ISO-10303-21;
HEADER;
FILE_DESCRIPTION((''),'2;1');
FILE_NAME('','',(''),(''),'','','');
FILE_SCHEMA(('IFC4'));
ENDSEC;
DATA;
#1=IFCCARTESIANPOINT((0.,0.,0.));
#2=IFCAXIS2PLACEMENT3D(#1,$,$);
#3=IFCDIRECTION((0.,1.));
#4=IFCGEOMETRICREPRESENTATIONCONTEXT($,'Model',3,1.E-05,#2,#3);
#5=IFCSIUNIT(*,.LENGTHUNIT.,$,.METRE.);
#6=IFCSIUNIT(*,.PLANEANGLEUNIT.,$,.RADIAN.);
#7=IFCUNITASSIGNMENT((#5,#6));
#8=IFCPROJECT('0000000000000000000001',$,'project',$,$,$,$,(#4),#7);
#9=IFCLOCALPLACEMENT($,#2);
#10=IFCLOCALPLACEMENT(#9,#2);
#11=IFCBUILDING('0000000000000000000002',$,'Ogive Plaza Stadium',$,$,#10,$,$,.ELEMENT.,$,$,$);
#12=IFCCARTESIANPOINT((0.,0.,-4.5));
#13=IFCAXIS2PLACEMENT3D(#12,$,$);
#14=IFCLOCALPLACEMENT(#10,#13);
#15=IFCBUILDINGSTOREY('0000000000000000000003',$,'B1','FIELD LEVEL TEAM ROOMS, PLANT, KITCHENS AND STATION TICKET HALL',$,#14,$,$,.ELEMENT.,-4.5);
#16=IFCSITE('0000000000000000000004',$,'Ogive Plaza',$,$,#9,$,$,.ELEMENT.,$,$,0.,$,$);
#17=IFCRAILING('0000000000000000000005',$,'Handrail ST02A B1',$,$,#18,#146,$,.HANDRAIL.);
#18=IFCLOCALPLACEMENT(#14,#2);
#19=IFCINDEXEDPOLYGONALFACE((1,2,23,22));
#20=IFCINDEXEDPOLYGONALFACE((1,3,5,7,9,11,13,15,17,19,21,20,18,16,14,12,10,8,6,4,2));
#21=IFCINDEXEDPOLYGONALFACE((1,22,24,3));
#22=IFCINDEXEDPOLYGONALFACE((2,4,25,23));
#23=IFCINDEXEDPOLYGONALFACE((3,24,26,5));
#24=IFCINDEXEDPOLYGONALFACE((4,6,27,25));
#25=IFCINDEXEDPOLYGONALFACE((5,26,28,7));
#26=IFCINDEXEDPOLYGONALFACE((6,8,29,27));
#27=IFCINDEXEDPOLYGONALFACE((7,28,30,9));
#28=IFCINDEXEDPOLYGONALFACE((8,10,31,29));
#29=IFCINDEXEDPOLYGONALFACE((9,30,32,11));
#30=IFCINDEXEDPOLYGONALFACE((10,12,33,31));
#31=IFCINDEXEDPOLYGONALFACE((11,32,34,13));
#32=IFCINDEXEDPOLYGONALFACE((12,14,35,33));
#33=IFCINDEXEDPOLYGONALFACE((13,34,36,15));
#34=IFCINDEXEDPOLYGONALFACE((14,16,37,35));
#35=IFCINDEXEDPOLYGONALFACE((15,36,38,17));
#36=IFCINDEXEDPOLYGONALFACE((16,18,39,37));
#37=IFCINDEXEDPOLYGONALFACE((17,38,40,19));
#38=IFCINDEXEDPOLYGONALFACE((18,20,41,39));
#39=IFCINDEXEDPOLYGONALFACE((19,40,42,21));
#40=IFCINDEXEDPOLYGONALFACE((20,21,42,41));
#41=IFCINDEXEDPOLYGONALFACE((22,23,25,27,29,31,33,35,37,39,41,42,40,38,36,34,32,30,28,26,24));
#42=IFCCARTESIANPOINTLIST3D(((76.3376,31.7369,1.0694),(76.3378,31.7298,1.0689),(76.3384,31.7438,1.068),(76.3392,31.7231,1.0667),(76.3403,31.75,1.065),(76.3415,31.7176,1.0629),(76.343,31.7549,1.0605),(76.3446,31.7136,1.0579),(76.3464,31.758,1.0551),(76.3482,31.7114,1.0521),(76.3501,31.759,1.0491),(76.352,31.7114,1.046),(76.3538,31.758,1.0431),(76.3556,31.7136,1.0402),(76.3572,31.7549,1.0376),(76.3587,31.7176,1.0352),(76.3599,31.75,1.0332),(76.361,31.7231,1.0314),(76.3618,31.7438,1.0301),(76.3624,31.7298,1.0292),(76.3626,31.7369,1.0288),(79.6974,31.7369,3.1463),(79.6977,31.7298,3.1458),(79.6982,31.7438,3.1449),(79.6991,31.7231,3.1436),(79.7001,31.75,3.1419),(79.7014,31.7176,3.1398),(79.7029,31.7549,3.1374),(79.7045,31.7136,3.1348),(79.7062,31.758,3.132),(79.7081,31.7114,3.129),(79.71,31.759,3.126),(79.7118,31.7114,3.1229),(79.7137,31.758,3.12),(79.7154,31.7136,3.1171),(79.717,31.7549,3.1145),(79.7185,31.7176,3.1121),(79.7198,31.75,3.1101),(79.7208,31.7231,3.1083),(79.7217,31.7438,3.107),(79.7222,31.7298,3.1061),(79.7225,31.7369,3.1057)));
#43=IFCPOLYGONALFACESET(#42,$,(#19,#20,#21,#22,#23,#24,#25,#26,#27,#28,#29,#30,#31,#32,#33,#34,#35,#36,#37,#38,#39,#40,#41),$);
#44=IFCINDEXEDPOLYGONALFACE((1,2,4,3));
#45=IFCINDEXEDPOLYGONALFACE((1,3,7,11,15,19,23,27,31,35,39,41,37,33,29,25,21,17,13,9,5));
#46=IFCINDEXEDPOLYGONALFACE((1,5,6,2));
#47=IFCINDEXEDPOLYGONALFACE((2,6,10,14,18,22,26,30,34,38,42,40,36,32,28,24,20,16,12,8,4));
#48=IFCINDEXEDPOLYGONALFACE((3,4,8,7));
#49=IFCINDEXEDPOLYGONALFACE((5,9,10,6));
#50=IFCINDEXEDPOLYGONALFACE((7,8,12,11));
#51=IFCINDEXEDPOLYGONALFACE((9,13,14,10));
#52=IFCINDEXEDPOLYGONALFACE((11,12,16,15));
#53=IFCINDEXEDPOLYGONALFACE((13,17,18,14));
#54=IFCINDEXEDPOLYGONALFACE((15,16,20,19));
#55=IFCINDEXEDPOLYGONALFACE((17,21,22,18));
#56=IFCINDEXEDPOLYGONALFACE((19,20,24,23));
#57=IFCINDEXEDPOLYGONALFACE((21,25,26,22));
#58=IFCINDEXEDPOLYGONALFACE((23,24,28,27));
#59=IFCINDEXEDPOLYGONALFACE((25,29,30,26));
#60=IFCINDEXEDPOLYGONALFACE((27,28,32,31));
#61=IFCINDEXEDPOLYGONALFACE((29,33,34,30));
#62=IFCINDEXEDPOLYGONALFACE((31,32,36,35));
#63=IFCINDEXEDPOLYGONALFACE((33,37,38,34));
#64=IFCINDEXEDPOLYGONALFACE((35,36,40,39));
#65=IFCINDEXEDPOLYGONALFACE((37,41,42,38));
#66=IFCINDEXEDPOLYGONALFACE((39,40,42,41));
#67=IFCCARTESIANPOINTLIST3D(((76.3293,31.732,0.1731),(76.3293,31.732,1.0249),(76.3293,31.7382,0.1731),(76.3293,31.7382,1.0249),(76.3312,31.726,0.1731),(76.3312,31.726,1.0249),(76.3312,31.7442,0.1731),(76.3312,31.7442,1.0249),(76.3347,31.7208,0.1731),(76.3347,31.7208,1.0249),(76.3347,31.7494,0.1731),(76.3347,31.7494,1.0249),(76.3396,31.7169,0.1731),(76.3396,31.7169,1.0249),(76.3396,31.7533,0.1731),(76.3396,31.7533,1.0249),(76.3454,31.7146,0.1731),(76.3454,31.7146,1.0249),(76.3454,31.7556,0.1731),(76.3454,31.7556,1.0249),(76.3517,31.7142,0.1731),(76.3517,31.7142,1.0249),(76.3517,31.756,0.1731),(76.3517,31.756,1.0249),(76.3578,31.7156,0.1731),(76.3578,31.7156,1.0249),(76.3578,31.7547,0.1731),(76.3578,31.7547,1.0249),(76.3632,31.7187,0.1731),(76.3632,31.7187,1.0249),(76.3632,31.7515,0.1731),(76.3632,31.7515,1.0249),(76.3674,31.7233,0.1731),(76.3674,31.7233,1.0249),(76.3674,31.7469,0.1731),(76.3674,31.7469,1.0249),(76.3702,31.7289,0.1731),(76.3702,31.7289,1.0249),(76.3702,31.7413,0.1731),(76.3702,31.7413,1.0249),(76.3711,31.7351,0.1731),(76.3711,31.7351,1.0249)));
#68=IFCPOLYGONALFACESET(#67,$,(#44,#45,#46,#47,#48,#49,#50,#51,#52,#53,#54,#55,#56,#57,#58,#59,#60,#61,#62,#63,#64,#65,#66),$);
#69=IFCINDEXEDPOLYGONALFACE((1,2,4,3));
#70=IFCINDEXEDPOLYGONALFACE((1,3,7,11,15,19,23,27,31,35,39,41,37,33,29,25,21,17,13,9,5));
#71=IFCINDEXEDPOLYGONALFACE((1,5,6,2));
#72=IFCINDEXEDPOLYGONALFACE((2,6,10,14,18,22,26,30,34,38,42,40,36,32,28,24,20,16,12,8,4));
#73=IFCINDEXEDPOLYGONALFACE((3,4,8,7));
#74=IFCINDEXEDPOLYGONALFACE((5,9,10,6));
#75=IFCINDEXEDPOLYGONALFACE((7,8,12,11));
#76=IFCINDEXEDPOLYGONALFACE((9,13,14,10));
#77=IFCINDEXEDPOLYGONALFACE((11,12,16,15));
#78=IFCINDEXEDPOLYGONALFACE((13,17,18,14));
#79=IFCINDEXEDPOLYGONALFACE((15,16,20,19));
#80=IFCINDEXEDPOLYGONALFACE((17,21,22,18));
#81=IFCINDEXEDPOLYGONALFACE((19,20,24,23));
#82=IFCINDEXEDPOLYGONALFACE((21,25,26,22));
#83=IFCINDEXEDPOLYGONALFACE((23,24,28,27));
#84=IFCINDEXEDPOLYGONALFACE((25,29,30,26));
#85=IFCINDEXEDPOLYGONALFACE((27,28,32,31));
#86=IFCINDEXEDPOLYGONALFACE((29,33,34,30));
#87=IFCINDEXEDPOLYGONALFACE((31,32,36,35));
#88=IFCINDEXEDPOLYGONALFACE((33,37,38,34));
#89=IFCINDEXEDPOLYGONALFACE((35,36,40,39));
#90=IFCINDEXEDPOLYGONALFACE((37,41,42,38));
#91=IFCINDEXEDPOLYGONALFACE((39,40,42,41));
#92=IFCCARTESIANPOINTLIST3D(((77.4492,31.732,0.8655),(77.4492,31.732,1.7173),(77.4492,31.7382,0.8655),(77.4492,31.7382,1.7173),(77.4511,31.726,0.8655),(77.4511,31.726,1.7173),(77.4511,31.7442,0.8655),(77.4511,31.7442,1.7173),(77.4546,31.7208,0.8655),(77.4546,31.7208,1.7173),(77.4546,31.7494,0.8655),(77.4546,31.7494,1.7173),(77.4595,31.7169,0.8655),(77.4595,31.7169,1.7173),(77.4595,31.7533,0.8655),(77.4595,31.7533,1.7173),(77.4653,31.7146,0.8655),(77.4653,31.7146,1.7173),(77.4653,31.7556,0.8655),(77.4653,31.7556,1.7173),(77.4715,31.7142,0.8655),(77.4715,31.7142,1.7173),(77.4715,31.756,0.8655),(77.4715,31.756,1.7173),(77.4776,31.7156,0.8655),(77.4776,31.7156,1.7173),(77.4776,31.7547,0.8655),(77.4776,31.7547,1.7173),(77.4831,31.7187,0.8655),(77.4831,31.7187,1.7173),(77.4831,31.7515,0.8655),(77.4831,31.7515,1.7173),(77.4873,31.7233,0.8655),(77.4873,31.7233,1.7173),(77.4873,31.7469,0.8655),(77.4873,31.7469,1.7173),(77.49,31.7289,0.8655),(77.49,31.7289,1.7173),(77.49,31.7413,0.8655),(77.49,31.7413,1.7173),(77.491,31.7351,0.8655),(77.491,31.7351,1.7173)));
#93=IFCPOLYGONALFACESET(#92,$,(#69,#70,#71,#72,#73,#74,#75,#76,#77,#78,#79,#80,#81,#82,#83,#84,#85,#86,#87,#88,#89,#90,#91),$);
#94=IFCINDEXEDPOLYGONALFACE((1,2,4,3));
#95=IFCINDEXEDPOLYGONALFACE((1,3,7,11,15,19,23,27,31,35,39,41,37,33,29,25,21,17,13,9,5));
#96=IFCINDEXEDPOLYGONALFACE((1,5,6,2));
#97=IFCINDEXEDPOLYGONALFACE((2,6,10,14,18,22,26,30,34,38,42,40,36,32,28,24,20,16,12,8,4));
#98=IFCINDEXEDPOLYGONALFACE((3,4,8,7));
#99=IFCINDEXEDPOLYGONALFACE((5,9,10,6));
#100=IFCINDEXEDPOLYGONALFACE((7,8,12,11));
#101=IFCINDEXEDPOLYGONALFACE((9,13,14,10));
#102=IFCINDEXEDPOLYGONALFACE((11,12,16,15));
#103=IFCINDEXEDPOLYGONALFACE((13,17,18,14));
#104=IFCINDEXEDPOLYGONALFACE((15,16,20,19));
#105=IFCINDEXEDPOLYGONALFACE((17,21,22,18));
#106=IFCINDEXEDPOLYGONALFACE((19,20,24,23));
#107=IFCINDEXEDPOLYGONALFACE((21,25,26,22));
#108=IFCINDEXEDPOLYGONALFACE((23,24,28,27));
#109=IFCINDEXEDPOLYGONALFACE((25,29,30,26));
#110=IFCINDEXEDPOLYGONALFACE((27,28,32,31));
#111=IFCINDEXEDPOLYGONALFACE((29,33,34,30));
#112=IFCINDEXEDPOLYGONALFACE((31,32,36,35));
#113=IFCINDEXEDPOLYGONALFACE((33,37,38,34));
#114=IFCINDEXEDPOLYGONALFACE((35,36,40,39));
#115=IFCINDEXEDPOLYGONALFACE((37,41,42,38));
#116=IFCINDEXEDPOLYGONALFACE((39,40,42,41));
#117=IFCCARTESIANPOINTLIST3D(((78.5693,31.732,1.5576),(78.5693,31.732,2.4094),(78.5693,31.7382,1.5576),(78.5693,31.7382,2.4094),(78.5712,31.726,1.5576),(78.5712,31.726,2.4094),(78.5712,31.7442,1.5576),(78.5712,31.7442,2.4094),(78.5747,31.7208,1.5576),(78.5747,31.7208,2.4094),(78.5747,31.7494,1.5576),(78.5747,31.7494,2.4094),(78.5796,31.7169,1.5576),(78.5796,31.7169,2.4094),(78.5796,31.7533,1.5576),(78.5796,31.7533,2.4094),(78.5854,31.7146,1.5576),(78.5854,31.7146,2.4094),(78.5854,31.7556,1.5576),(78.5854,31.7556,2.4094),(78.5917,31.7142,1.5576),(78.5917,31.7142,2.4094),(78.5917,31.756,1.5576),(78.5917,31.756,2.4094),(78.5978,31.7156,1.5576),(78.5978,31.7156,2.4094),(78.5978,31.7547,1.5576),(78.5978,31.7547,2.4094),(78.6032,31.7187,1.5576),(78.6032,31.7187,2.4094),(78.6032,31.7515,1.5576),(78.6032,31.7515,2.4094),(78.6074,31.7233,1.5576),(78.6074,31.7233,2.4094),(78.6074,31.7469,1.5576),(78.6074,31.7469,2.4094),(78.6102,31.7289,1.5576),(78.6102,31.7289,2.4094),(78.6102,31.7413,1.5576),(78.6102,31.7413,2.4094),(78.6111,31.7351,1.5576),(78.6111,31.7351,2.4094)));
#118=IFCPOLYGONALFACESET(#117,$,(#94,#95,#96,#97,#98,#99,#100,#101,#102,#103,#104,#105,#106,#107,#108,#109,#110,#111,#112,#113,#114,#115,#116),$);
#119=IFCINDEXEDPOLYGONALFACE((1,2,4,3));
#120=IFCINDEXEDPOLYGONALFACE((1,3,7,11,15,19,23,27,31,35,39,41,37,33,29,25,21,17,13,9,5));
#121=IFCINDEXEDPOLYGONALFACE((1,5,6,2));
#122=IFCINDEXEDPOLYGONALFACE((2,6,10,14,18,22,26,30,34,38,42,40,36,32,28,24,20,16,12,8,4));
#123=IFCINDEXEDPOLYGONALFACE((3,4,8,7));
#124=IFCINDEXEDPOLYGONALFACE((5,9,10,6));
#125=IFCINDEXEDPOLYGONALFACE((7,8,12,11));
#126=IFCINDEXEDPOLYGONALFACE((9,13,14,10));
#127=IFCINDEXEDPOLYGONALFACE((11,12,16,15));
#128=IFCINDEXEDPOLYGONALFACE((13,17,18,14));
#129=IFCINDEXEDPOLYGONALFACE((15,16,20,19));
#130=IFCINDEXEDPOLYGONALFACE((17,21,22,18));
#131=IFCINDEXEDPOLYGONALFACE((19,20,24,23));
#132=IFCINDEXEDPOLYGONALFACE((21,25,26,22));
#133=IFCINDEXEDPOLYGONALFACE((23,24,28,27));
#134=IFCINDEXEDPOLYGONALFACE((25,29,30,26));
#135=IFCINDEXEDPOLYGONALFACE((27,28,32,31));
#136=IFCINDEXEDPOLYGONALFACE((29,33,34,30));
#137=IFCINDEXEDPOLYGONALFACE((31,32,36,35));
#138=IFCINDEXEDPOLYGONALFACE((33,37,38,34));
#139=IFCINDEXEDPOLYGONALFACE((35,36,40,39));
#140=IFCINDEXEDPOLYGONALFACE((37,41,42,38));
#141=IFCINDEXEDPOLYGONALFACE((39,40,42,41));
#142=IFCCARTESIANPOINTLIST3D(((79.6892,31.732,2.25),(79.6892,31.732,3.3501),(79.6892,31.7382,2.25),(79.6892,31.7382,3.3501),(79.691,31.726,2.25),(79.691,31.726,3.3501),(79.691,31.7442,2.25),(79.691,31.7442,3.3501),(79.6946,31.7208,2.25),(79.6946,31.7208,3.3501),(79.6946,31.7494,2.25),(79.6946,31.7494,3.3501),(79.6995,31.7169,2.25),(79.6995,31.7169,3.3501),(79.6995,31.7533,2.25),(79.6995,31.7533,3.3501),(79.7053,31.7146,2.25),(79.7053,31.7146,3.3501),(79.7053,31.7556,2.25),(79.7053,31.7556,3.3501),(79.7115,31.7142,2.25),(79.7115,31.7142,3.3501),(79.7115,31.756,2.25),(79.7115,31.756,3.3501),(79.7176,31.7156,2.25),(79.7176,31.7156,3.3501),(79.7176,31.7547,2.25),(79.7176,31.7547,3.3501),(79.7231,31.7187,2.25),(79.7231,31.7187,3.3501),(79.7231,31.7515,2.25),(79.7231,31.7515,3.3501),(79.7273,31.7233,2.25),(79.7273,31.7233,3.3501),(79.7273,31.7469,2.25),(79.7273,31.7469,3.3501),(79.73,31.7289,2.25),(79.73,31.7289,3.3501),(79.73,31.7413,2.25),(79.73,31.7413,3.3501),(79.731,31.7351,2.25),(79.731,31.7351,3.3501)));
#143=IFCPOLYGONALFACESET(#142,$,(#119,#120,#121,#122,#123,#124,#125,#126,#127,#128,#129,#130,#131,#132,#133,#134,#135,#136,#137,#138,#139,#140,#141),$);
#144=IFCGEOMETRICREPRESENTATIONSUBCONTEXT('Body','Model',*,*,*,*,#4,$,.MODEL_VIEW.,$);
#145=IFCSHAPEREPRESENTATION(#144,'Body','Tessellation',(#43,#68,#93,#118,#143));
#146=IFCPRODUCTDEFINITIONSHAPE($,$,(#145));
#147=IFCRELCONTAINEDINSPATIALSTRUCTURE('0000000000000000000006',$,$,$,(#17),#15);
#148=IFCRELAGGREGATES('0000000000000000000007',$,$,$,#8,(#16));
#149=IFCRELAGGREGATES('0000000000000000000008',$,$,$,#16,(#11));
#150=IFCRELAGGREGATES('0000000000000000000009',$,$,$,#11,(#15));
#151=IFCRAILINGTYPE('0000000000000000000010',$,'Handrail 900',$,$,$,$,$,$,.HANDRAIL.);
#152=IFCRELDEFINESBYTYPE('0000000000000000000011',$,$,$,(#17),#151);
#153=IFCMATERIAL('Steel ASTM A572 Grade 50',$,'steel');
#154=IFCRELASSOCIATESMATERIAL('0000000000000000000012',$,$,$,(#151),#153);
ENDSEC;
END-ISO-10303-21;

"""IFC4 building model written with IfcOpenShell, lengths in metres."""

from ifc_helpers import new_model, si_unit, direction, frame, origin, origin_2d, place, context, subcontext, project, spatial, circle, extrude, material, type_object, element, save


model = new_model("IFC4")

# Units and contexts
model_context = context("Model", 3, precision=1e-05, world=origin(), true_north=direction((0.0, 1.0)))
body_context = subcontext(model_context, "Body", "Model", "MODEL_VIEW")
ifc_project = project(units=[si_unit("LENGTHUNIT", "METRE"), si_unit("PLANEANGLEUNIT", "RADIAN")], contexts=[model_context])

# Site, building, storey
site_placement = place(None, origin())
site = spatial("IfcSite", under=ifc_project, at=site_placement, Name="Ogive Plaza", CompositionType="ELEMENT", RefElevation=0.0)
building_placement = place(site_placement, origin())
building = spatial("IfcBuilding", under=site, at=building_placement, Name="Ogive Plaza Stadium", CompositionType="ELEMENT")
storey_placement = place(building_placement, frame((0.0, 0.0, -4.5)))
storey = spatial("IfcBuildingStorey", under=building, at=storey_placement, Name="B1", Description="FIELD LEVEL TEAM ROOMS, PLANT, KITCHENS AND STATION TICKET HALL", CompositionType="ELEMENT", Elevation=-4.5)

# Railing
ifc_material_1 = material(Name="Steel ASTM A572 Grade 50", Category="steel")
railing_type_1 = type_object("IfcRailingType", Name="Handrail 900", PredefinedType="HANDRAIL", material=ifc_material_1)
for number, where, name in (
    (1, (76.3501, 31.7351, 0.1731), "Handrail ST02A B1"),
):
    element("IfcRailing", number, at=place(storey_placement, frame(where)), inside=storey, type_object=railing_type_1, Name=name, PredefinedType="HANDRAIL", context=body_context, shape_type="SweptSolid", body=[
        extrude(circle(Radius=0.0239, at=origin_2d()), frame((0.0, 0.0, 0.876), z_axis=(0.850606, 0.0, 0.525803), x_axis=(0.0, 1.0, 0.0)), (0.0, 0.0, 1.0), 3.95),
        extrude(circle(Radius=0.021, at=origin_2d()), origin(), (0.0, 0.0, 1.0), 0.8518),
        extrude(circle(Radius=0.021, at=origin_2d()), frame((1.1199, 0.0, 0.6924)), (0.0, 0.0, 1.0), 0.8518),
        extrude(circle(Radius=0.021, at=origin_2d()), frame((2.24, 0.0, 1.3845)), (0.0, 0.0, 1.0), 0.8518),
        extrude(circle(Radius=0.021, at=origin_2d()), frame((3.3599, 0.0, 2.0769)), (0.0, 0.0, 1.0), 1.1001),
    ])

save(model, "model.ifc")
